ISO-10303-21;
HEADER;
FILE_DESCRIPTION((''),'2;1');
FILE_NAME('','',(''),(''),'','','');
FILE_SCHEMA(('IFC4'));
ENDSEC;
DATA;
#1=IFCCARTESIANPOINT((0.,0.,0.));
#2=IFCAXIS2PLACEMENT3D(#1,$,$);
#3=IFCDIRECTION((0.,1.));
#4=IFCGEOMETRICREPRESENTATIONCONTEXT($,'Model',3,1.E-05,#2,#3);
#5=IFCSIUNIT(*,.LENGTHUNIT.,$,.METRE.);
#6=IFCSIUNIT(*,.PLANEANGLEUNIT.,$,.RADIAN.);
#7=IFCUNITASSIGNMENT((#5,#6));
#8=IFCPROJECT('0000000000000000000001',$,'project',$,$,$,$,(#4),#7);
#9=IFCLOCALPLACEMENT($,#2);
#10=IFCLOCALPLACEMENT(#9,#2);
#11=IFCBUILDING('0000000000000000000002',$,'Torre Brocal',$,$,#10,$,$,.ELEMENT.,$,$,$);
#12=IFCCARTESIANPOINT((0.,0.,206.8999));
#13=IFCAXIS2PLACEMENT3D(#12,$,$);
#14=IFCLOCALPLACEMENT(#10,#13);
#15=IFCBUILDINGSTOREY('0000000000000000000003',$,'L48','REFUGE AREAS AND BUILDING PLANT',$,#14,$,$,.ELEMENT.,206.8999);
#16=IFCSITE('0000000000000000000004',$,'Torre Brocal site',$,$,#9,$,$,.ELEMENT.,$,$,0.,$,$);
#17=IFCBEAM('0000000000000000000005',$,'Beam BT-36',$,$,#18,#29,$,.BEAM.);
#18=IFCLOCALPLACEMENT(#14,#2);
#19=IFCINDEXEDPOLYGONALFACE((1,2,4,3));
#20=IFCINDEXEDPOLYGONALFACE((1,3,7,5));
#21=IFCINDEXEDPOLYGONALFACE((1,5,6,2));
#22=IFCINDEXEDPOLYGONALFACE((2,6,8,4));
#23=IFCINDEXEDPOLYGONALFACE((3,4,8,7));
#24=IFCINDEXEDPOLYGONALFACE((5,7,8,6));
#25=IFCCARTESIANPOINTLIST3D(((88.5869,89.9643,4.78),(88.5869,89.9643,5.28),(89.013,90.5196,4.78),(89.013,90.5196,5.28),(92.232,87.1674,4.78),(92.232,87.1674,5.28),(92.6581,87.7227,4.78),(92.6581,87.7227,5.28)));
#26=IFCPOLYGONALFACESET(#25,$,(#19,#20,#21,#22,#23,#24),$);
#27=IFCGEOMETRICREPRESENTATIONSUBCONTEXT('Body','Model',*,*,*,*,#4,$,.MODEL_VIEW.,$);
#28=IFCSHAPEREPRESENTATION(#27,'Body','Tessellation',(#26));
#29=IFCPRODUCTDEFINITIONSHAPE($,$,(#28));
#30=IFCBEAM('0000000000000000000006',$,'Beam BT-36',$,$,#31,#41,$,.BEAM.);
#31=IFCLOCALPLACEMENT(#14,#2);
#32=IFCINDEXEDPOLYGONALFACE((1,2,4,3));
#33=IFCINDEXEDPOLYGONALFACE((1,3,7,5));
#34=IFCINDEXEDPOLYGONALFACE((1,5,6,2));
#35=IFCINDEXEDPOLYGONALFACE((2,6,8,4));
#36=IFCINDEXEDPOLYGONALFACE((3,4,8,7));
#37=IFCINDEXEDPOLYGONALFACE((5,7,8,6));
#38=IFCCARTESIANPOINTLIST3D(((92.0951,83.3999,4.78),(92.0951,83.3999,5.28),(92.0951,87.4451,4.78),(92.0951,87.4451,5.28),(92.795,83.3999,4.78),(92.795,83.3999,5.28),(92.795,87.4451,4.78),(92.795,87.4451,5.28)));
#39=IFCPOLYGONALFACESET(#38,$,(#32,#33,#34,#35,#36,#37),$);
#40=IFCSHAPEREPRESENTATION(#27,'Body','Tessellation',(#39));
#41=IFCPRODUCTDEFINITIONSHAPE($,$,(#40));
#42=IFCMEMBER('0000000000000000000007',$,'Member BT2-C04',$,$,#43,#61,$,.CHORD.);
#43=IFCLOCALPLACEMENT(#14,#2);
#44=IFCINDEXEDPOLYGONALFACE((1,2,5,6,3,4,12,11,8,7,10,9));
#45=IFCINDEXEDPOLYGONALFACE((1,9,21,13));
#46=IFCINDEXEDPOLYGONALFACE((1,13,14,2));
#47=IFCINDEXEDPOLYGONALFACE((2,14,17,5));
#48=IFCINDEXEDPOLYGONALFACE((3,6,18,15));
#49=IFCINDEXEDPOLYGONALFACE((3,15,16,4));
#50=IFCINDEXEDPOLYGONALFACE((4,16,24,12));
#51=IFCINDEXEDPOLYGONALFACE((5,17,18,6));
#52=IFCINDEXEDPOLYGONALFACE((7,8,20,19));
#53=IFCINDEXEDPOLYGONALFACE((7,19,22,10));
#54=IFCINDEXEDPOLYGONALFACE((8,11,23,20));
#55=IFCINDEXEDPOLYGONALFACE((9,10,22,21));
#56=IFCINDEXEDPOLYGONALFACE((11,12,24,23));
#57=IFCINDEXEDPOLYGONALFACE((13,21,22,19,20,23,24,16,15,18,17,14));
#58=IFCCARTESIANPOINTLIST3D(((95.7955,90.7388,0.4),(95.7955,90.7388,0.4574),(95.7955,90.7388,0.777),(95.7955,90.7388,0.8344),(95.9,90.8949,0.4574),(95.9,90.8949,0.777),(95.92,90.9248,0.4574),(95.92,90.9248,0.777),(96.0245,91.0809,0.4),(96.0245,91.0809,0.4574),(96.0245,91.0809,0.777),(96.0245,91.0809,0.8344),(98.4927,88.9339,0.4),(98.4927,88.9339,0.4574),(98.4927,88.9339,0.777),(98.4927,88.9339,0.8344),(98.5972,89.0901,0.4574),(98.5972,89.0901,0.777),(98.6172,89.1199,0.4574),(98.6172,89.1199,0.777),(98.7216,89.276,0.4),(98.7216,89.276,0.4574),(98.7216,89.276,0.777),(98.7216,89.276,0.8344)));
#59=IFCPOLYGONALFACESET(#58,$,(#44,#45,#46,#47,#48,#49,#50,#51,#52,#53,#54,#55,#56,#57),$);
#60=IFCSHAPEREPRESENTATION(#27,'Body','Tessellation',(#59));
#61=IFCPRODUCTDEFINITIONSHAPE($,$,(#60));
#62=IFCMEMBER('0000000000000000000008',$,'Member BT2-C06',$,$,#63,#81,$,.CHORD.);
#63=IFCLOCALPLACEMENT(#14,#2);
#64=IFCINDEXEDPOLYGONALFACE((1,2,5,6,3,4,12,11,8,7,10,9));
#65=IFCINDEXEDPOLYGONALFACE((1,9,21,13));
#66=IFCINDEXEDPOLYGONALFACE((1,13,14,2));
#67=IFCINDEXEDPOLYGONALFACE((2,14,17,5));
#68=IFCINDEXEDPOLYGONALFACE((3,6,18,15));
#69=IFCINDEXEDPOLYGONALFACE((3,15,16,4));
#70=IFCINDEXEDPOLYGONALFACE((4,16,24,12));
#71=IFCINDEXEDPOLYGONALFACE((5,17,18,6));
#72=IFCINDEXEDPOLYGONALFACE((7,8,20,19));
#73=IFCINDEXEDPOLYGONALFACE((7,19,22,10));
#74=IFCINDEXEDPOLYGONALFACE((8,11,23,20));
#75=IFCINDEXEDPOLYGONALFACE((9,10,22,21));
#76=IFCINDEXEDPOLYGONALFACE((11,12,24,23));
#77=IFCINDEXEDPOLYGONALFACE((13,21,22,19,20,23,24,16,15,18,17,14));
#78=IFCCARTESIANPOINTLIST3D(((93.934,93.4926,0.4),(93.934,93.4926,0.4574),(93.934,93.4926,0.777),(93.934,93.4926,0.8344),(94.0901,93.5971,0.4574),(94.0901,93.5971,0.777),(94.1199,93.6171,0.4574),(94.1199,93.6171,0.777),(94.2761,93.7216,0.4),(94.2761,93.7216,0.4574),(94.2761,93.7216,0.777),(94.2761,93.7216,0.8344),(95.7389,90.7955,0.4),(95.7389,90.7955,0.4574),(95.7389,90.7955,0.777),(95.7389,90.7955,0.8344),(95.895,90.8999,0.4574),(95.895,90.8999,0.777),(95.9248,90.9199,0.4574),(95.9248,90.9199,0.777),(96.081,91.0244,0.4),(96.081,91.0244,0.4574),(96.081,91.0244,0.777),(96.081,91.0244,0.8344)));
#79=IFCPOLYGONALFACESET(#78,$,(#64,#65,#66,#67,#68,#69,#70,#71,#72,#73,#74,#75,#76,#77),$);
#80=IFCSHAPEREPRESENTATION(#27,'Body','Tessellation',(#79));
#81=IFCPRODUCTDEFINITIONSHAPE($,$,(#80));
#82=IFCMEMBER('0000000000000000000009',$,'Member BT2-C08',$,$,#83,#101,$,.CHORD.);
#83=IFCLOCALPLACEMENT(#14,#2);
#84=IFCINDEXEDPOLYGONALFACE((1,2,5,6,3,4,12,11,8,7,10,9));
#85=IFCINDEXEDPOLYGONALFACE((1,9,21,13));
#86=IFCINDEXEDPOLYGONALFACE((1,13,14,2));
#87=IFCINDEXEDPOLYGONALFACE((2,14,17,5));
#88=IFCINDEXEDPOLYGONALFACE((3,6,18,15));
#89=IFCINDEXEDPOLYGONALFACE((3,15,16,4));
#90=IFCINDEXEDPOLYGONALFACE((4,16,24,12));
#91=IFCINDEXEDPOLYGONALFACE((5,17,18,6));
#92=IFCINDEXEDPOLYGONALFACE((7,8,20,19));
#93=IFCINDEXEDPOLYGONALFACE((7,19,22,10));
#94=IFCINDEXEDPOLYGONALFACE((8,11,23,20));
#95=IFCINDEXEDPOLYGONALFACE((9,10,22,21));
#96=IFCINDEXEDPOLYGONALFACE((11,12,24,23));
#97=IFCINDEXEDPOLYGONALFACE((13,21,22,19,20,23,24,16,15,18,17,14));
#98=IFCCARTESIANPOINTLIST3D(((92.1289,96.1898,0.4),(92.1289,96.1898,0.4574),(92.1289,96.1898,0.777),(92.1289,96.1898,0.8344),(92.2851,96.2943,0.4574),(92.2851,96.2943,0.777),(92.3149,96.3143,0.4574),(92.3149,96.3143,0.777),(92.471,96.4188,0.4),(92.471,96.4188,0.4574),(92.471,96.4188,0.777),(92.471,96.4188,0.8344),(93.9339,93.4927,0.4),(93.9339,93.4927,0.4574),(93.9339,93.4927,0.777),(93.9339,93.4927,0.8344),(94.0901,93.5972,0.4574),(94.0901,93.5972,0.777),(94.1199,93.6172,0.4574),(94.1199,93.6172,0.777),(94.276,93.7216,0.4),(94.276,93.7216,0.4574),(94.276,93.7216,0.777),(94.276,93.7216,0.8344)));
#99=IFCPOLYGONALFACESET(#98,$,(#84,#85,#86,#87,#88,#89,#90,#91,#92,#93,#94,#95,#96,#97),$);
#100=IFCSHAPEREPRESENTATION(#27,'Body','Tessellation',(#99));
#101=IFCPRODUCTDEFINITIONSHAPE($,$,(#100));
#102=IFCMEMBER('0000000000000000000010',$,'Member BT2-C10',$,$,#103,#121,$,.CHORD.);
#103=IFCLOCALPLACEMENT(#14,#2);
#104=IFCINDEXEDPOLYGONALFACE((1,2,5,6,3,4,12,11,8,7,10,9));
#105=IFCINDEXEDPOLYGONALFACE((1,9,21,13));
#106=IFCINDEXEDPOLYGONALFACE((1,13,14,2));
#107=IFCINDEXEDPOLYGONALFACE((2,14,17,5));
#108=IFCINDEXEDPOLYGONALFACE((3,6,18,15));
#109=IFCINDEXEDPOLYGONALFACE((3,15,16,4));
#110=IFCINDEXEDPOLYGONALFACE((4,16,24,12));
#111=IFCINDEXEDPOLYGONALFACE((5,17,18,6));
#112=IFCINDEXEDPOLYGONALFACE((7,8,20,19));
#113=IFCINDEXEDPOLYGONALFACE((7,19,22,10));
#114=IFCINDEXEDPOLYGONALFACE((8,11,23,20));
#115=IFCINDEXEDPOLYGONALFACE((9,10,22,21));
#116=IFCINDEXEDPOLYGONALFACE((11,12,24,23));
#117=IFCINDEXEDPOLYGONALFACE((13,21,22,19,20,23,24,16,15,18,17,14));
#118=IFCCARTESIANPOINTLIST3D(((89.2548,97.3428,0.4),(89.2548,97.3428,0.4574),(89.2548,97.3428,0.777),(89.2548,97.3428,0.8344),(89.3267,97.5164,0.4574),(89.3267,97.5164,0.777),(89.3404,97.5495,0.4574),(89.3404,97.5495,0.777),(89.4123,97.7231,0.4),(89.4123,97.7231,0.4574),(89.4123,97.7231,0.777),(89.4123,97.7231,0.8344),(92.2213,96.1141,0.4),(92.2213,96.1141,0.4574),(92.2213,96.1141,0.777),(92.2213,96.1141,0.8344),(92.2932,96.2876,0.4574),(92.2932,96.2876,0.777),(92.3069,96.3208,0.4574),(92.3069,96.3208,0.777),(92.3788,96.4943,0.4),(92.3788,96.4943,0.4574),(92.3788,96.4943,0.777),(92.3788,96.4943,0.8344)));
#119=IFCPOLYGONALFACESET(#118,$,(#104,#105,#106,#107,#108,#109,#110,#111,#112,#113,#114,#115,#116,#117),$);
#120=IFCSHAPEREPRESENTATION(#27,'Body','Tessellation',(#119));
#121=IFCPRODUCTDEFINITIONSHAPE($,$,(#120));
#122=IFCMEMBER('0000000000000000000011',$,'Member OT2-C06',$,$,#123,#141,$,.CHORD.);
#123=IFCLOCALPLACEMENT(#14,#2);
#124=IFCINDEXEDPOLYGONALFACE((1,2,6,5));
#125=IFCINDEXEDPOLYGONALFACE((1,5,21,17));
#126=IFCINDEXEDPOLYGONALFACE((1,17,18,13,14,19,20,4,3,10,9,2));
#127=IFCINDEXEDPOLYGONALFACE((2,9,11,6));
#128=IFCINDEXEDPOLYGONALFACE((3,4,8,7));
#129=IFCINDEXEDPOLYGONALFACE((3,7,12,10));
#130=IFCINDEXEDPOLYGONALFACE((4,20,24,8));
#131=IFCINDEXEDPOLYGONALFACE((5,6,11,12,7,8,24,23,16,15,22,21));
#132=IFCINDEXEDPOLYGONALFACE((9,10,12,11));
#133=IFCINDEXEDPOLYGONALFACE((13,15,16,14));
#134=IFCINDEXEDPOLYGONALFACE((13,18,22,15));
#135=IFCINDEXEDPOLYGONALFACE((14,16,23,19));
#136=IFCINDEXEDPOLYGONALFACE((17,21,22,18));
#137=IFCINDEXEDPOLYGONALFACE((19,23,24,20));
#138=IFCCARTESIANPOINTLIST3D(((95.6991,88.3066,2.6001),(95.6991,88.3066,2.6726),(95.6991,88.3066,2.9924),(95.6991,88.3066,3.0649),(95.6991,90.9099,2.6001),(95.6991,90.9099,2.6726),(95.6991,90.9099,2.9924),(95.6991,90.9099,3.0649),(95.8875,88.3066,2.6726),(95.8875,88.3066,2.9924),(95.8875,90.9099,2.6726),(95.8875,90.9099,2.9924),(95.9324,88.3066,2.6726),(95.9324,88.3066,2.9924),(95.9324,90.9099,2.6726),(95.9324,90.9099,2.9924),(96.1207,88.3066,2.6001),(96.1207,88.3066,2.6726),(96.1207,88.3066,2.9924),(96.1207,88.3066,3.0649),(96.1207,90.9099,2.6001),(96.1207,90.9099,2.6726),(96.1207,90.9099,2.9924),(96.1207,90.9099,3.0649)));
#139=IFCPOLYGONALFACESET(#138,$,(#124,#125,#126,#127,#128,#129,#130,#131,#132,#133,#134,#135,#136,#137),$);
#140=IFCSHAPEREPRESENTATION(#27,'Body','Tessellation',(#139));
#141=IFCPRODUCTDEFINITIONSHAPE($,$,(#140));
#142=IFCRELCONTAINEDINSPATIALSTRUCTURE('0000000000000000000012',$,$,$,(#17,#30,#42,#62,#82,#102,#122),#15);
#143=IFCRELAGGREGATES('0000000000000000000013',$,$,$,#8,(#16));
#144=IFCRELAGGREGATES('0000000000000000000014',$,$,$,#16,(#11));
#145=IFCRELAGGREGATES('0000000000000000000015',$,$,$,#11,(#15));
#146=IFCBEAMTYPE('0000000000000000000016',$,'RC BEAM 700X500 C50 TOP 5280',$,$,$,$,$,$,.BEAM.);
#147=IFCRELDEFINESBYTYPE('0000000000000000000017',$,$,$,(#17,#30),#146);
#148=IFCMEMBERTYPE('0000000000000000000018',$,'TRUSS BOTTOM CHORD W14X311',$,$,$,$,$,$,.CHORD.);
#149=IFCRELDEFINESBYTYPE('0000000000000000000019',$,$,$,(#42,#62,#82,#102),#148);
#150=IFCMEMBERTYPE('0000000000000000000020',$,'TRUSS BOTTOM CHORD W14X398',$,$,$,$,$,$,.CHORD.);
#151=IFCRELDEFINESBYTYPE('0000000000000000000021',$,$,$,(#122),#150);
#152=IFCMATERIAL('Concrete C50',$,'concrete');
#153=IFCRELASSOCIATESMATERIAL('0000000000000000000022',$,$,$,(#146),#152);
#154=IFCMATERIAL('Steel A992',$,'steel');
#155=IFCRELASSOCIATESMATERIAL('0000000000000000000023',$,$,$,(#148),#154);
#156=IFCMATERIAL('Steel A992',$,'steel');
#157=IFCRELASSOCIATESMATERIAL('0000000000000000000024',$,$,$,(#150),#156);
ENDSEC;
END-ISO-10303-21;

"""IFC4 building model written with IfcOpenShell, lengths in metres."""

from ifc_helpers import new_model, si_unit, direction, frame, origin, origin_2d, place, context, subcontext, project, spatial, rectangle, i_section, extrude, material, material_profile, profile_set, type_object, element, save


model = new_model("IFC4")

# Units and contexts
model_context = context("Model", 3, precision=1e-05, world=origin(), true_north=direction((0.0, 1.0)))
body_context = subcontext(model_context, "Body", "Model", "MODEL_VIEW")
ifc_project = project(units=[si_unit("LENGTHUNIT", "METRE"), si_unit("PLANEANGLEUNIT", "RADIAN")], contexts=[model_context])

# Site, building, storey
site_placement = place(None, origin())
site = spatial("IfcSite", under=ifc_project, at=site_placement, Name="Torre Brocal site", CompositionType="ELEMENT", RefElevation=0.0)
building_placement = place(site_placement, origin())
building = spatial("IfcBuilding", under=site, at=building_placement, Name="Torre Brocal", CompositionType="ELEMENT")
storey_placement = place(building_placement, frame((0.0, 0.0, 206.8999)))
storey = spatial("IfcBuildingStorey", under=building, at=storey_placement, Name="L48", Description="REFUGE AREAS AND BUILDING PLANT", CompositionType="ELEMENT", Elevation=206.8999)

# Beams
ifc_material_1 = material(Name="Concrete C50", Category="concrete")
ifc_material_profile_1 = material_profile(ifc_material_1, rectangle(XDim=0.7, YDim=0.5, at=origin_2d()), Name="RC 700X500")
ifc_profile_set_1 = profile_set([ifc_material_profile_1], Name="Concrete C50")
beam_type = type_object("IfcBeamType", Name="RC BEAM 700X500 C50 TOP 5280", PredefinedType="BEAM", material=ifc_profile_set_1)
beam_1_placement = place(storey_placement, frame((92.4451, 87.4451, 5.03), z_axis=(-0.793358, 0.608755, 0.0), x_axis=(-0.608755, -0.793358, 0.0)))
element("IfcBeam", 1, at=beam_1_placement, inside=storey, type_object=beam_type, Name="Beam BT-36", PredefinedType="BEAM", context=body_context, shape_type="SweptSolid", body=[
    extrude(rectangle(XDim=0.7, YDim=0.5, at=origin_2d()), origin(), (0.0, 0.0, 1.0), 4.5945),
])
beam_2_placement = place(storey_placement, frame((92.4451, 87.4451, 5.03), z_axis=(0.0, -1.0, 0.0), x_axis=(1.0, 0.0, 0.0)))
element("IfcBeam", 2, at=beam_2_placement, inside=storey, type_object=beam_type, Name="Beam BT-36", PredefinedType="BEAM", context=body_context, shape_type="SweptSolid", body=[
    extrude(rectangle(XDim=0.7, YDim=0.5, at=origin_2d()), origin(), (0.0, 0.0, 1.0), 4.0452),
])

# Members
ifc_material_2 = material(Name="Steel A992", Category="steel")
ifc_material_profile_2 = material_profile(ifc_material_2, i_section(OverallWidth=0.4116, OverallDepth=0.4343, WebThickness=0.0359, FlangeThickness=0.0574, at=origin_2d()), Name="W14X311")
ifc_profile_set_2 = profile_set([ifc_material_profile_2], Name="Steel A992")
member_type_1 = type_object("IfcMemberType", Name="TRUSS BOTTOM CHORD W14X311", PredefinedType="CHORD", material=ifc_profile_set_2)
for number, where, z_axis, x_axis, name in (
    (3, (98.6072, 89.105, 0.6172), (-0.831088, 0.55614, 0.0), (-0.55614, -0.831088, 0.0), "Member BT2-C04"),
    (4, (95.9099, 90.9099, 0.6172), (-0.55614, 0.831088, 0.0), (-0.831088, -0.55614, 0.0), "Member BT2-C06"),
    (5, (94.105, 93.6072, 0.6172), (-0.556175, 0.831065, 0.0), (-0.831065, -0.556175, 0.0), "Member BT2-C08"),
):
    element("IfcMember", number, at=place(storey_placement, frame(where, z_axis=z_axis, x_axis=x_axis)), inside=storey, type_object=member_type_1, Name=name, PredefinedType="CHORD", context=body_context, shape_type="SweptSolid", body=[
        extrude(i_section(OverallWidth=0.4116, OverallDepth=0.4343, WebThickness=0.0359, FlangeThickness=0.0574, at=origin_2d()), origin(), (0.0, 0.0, 1.0), 3.2454),
    ])
member_1_placement = place(storey_placement, frame((92.3, 96.3042, 0.6172), z_axis=(-0.923882, 0.382676, 0.0), x_axis=(-0.382676, -0.923882, 0.0)))
element("IfcMember", 6, at=member_1_placement, inside=storey, type_object=member_type_1, Name="Member BT2-C10", PredefinedType="CHORD", context=body_context, shape_type="SweptSolid", body=[
    extrude(i_section(OverallWidth=0.4116, OverallDepth=0.4343, WebThickness=0.0359, FlangeThickness=0.0574, at=origin_2d()), origin(), (0.0, 0.0, 1.0), 3.2109),
])
ifc_material_3 = material(Name="Steel A992", Category="steel")
ifc_material_profile_3 = material_profile(ifc_material_3, i_section(OverallWidth=0.4216, OverallDepth=0.4648, WebThickness=0.0449, FlangeThickness=0.0725, at=origin_2d()), Name="W14X398")
ifc_profile_set_3 = profile_set([ifc_material_profile_3], Name="Steel A992")
member_type_2 = type_object("IfcMemberType", Name="TRUSS BOTTOM CHORD W14X398", PredefinedType="CHORD", material=ifc_profile_set_3)
member_2_placement = place(storey_placement, frame((95.9099, 88.3066, 2.8325), z_axis=(0.0, 1.0, 0.0), x_axis=(-1.0, 0.0, 0.0)))
element("IfcMember", 7, at=member_2_placement, inside=storey, type_object=member_type_2, Name="Member OT2-C06", PredefinedType="CHORD", context=body_context, shape_type="SweptSolid", body=[
    extrude(i_section(OverallWidth=0.4216, OverallDepth=0.4648, WebThickness=0.0449, FlangeThickness=0.0725, at=origin_2d()), origin(), (0.0, 0.0, 1.0), 2.6033),
])

save(model, "model.ifc")
